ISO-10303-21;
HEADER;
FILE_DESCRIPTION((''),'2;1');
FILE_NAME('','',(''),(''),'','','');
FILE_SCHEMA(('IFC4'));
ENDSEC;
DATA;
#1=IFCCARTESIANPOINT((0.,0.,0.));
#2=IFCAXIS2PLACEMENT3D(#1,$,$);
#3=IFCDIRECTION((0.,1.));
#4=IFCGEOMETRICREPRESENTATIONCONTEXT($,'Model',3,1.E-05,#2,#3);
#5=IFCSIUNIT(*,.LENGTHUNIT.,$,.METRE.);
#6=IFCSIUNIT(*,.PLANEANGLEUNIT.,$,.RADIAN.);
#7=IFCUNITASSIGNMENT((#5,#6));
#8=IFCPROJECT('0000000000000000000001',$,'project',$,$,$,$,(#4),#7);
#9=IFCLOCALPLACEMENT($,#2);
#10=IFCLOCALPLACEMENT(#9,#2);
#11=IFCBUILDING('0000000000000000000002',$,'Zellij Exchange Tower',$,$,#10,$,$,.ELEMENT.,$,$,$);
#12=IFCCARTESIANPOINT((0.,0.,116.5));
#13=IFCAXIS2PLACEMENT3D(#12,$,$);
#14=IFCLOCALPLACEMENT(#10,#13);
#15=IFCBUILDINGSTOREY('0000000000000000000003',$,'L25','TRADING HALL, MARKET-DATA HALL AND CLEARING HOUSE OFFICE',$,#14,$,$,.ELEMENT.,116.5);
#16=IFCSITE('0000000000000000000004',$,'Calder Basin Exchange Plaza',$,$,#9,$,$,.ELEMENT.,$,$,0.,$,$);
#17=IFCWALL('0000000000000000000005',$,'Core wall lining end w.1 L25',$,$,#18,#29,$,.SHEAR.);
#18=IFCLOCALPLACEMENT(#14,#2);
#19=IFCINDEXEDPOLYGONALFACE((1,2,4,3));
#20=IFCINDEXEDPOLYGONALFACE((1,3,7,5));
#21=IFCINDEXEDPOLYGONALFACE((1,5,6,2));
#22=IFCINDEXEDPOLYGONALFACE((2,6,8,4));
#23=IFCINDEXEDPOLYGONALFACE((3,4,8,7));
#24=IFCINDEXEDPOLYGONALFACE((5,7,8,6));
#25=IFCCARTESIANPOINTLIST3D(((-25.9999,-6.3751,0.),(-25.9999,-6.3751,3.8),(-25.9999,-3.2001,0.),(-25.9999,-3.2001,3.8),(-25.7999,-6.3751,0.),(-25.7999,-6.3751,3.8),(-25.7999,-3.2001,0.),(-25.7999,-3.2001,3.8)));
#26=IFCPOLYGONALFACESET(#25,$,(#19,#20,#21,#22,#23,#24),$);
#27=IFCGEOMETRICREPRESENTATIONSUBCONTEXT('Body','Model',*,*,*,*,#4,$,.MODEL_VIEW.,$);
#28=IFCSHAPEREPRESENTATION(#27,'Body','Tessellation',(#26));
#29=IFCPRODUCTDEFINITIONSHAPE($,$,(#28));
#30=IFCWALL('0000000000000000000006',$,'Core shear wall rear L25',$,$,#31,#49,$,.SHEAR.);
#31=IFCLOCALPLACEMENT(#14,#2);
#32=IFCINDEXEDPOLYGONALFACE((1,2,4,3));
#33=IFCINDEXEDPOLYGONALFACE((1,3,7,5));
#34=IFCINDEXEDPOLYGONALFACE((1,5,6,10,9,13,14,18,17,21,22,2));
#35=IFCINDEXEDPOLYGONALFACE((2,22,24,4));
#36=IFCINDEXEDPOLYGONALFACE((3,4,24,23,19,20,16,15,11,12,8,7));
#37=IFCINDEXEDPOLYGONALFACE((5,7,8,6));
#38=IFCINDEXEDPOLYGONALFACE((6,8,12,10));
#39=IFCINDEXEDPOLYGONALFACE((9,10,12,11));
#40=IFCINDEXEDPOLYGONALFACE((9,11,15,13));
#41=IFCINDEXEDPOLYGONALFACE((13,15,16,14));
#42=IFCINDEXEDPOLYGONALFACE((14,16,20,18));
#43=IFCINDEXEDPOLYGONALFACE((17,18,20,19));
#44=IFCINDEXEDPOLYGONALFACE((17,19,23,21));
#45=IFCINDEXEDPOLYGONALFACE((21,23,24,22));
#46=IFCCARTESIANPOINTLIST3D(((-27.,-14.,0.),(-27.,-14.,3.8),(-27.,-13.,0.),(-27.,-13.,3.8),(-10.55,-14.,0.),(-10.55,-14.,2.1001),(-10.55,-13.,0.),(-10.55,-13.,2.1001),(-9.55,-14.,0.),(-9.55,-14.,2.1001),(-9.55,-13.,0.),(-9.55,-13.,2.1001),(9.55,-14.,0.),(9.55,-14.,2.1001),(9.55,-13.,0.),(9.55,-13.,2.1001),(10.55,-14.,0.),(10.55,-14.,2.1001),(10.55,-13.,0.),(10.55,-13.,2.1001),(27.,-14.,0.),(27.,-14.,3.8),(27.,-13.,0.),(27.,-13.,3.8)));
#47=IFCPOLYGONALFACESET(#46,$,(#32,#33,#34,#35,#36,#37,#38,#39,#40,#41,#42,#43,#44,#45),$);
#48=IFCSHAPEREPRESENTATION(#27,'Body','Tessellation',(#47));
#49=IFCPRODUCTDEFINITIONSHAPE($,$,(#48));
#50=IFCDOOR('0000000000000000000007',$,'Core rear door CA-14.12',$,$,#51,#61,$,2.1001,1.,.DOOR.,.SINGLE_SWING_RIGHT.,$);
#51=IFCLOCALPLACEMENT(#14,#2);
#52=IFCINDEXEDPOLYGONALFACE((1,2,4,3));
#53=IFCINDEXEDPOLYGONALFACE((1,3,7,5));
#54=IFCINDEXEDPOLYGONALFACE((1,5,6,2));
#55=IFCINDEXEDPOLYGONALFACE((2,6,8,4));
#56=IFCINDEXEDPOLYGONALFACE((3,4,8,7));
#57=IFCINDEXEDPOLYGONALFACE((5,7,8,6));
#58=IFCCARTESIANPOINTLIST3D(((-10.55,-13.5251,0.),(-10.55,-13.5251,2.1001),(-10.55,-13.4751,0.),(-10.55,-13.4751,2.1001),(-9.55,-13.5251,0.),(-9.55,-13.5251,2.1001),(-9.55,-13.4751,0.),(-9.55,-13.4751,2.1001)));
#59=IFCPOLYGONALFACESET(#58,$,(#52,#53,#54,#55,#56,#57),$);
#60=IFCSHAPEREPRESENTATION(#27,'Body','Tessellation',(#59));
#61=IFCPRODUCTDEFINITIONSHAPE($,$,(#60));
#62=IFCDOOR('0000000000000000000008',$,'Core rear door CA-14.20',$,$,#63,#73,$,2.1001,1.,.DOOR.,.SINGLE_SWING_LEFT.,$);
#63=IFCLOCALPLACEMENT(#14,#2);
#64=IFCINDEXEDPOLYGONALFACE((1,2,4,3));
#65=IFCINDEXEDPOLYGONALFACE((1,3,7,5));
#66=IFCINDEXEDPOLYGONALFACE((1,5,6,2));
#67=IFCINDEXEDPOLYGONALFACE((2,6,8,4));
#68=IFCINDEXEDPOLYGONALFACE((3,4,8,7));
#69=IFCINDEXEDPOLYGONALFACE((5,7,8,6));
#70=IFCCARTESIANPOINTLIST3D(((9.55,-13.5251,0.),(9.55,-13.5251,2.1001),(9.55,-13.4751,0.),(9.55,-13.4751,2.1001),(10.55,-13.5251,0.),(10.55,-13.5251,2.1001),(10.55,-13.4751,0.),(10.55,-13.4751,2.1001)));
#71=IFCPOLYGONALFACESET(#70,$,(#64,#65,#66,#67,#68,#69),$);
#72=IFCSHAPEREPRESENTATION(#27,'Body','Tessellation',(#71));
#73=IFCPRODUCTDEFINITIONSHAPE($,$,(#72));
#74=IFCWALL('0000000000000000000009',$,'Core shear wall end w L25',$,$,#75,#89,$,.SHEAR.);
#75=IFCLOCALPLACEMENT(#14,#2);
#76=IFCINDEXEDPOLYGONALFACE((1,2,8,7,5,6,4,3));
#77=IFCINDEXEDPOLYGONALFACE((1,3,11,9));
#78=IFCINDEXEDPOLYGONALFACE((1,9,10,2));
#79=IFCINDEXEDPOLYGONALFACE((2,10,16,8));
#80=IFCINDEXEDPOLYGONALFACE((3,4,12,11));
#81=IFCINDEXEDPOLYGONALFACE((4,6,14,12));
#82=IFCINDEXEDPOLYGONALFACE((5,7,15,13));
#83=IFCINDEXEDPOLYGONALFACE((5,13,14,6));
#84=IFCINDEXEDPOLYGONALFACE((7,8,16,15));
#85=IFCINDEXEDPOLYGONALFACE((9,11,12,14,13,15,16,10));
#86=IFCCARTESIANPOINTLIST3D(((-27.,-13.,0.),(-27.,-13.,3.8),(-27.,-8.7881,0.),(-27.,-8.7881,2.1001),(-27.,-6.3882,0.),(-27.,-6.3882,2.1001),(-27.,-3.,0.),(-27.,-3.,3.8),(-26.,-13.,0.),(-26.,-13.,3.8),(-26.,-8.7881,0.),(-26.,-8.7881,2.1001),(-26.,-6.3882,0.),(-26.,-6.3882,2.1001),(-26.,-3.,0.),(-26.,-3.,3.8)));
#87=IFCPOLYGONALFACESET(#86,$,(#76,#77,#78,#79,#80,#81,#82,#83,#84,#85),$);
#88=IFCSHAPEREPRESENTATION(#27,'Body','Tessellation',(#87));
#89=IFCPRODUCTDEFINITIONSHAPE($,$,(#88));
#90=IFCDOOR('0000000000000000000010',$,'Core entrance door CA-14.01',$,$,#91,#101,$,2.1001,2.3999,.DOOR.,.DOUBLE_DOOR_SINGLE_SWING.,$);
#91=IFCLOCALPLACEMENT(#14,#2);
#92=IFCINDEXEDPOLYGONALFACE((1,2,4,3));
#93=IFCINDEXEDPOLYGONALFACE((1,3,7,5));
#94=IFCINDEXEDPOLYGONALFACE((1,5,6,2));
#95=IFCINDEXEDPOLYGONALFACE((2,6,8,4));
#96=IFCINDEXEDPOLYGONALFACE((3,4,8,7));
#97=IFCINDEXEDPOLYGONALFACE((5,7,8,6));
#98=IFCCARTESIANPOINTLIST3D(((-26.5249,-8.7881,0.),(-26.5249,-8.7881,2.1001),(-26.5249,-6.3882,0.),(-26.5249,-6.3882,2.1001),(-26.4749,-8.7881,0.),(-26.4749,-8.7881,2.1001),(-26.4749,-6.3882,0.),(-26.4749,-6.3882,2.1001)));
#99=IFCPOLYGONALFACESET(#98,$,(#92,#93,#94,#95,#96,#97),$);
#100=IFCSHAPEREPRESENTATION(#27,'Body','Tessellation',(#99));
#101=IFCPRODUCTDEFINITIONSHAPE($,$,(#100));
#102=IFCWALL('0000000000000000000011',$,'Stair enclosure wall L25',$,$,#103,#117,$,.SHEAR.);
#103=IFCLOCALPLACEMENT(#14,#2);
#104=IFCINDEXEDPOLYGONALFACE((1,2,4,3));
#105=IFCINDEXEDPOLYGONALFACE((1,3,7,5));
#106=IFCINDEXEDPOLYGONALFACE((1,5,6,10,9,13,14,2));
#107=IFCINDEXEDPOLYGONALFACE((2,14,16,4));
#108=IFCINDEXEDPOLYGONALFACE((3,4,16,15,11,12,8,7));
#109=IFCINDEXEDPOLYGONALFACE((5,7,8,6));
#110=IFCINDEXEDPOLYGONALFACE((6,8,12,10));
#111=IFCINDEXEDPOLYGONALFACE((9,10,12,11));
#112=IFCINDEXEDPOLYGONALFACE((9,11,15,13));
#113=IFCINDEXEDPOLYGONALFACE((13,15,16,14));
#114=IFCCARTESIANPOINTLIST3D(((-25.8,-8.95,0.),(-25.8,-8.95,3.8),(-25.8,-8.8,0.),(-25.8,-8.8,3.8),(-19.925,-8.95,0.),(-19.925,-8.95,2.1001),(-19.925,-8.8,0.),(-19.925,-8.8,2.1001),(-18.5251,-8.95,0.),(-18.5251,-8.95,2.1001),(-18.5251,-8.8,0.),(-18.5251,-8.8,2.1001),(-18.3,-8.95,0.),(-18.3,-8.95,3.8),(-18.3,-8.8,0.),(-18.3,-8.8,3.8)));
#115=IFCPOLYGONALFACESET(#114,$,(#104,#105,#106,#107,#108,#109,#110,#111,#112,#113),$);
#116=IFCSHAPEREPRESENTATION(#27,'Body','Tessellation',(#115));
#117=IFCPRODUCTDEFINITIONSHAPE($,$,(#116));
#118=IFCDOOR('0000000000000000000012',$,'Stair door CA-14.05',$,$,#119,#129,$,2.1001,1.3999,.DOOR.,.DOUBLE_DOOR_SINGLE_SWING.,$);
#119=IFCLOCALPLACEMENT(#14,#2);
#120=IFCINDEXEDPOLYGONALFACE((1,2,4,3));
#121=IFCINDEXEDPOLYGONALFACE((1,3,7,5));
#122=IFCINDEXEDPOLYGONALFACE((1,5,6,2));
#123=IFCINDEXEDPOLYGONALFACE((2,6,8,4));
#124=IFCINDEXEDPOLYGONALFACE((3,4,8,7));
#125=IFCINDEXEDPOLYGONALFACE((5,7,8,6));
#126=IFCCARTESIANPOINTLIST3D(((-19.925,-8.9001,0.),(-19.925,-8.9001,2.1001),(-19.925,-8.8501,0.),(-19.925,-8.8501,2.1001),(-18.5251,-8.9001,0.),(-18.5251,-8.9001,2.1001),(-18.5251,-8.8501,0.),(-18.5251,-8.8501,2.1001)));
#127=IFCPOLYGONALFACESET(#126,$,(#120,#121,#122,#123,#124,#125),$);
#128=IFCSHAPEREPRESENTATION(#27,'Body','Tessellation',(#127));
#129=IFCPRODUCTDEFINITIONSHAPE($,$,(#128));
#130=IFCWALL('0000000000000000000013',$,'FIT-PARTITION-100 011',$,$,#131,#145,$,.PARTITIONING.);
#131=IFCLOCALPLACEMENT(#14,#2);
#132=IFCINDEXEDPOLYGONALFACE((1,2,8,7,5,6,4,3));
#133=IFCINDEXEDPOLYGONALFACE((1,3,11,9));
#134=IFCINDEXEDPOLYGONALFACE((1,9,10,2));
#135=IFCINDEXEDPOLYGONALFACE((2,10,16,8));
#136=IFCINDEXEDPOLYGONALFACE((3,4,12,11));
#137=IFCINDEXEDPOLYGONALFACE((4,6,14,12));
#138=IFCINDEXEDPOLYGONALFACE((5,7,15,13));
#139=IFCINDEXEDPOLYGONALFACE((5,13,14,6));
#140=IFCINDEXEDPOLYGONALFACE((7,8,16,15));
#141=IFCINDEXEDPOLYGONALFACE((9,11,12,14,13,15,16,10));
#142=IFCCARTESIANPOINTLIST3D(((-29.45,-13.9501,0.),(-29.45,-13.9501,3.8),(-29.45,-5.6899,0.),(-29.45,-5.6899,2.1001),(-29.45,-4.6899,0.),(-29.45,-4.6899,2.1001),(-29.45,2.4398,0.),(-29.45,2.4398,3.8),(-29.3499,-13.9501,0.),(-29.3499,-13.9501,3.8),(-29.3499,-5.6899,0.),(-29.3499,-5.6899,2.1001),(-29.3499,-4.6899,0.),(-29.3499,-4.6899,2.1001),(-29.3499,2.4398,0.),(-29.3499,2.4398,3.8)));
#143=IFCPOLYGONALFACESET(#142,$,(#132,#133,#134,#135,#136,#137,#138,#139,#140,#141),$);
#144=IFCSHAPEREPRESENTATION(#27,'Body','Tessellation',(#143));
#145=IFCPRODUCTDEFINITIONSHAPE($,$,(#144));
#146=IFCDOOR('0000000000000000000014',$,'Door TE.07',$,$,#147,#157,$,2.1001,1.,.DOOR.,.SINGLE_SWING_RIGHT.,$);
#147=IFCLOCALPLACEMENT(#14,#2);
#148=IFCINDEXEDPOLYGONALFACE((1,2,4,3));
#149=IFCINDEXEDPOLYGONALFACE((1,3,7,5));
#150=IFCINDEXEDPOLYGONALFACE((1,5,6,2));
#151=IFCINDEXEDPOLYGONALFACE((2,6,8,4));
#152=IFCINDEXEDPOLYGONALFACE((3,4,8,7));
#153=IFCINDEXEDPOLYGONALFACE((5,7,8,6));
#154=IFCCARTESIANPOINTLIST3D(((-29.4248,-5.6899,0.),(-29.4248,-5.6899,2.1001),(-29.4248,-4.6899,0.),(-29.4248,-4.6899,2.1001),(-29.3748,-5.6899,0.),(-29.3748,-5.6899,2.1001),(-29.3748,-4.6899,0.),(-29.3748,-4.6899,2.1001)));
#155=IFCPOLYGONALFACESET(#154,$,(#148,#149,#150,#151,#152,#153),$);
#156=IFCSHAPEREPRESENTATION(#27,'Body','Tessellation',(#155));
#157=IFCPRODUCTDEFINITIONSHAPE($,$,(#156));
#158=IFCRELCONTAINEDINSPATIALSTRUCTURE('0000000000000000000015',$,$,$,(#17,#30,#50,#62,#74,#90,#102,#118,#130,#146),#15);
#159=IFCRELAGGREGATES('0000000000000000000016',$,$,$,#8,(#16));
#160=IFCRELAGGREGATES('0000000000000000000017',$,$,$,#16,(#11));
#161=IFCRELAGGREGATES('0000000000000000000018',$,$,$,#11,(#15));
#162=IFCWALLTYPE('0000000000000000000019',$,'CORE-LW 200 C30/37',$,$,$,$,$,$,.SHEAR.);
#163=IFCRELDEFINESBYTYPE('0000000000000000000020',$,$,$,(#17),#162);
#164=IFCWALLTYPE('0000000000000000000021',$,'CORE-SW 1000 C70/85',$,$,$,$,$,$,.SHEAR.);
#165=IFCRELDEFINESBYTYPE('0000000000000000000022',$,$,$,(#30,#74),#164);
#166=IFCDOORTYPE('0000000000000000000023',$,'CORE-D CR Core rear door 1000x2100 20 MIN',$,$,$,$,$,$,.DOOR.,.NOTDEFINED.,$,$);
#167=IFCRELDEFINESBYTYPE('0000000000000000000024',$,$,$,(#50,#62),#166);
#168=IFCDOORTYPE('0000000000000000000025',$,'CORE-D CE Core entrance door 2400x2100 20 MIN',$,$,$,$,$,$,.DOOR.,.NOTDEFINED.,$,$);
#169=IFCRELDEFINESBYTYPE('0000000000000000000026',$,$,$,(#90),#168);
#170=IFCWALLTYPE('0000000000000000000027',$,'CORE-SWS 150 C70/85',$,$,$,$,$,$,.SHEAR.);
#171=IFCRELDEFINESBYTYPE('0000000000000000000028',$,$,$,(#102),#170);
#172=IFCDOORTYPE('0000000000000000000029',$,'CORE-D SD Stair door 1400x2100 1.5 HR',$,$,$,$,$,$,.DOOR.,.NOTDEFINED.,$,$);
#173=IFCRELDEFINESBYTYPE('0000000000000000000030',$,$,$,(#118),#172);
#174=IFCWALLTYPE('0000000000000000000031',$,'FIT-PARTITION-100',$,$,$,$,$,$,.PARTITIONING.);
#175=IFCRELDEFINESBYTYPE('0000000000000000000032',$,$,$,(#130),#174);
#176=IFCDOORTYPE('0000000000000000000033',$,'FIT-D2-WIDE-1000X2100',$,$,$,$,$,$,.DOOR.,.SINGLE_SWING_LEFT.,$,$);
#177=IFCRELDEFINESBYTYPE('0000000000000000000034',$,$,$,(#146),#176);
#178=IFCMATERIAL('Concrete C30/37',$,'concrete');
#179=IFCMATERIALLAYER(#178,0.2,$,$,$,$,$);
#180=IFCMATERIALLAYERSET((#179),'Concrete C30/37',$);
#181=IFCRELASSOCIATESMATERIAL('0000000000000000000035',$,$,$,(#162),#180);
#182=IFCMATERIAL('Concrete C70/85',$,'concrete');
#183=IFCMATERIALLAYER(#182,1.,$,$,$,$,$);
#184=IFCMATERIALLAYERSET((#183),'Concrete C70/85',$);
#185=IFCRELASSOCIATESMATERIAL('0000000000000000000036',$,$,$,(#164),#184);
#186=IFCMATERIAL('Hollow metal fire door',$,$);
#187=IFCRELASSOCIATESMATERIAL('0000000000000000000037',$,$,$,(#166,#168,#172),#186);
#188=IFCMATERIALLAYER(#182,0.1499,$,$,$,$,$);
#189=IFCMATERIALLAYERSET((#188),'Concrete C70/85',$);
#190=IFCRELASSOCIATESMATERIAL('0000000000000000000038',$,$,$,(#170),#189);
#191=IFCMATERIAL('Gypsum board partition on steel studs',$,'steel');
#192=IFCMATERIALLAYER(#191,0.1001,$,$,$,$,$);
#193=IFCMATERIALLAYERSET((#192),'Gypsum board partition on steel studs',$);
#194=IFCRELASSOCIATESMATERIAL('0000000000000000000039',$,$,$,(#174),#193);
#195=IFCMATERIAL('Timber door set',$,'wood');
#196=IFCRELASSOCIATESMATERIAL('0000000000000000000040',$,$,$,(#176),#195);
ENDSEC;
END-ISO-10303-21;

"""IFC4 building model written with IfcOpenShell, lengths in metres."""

from ifc_helpers import new_model, si_unit, direction, frame, frame_2d, origin, place, context, subcontext, project, spatial, rectangle, extrude, material, layer, layer_set, type_object, element, fill, save


model = new_model("IFC4")

# Units and contexts
model_context = context("Model", 3, precision=1e-05, world=origin(), true_north=direction((0.0, 1.0)))
body_context = subcontext(model_context, "Body", "Model", "MODEL_VIEW")
ifc_project = project(units=[si_unit("LENGTHUNIT", "METRE"), si_unit("PLANEANGLEUNIT", "RADIAN")], contexts=[model_context])

# Site, building, storey
site_placement = place(None, origin())
site = spatial("IfcSite", under=ifc_project, at=site_placement, Name="Calder Basin Exchange Plaza", CompositionType="ELEMENT", RefElevation=0.0)
building_placement = place(site_placement, origin())
building = spatial("IfcBuilding", under=site, at=building_placement, Name="Zellij Exchange Tower", CompositionType="ELEMENT")
storey_placement = place(building_placement, frame((0.0, 0.0, 116.5)))
storey = spatial("IfcBuildingStorey", under=building, at=storey_placement, Name="L25", Description="TRADING HALL, MARKET-DATA HALL AND CLEARING HOUSE OFFICE", CompositionType="ELEMENT", Elevation=116.5)

# Shared definitions
ifc_material_1 = material(Name="Concrete C70/85", Category="concrete")

# Wall
ifc_material_2 = material(Name="Concrete C30/37", Category="concrete")
ifc_layer_1 = layer(ifc_material_2, 0.2)
ifc_layer_set_1 = layer_set([ifc_layer_1], Name="Concrete C30/37")
wall_type_1 = type_object("IfcWallType", Name="CORE-LW 200 C30/37", PredefinedType="SHEAR", material=ifc_layer_set_1)
wall_1_placement = place(storey_placement, frame((-25.8999, -6.375, 0.0), z_axis=(0.0, 0.0, 1.0), x_axis=(0.0, 1.0, 0.0)))
element("IfcWall", 1, at=wall_1_placement, inside=storey, type_object=wall_type_1, Name="Core wall lining end w.1 L25", PredefinedType="SHEAR", context=body_context, shape_type="SweptSolid", body=[
    extrude(rectangle(XDim=3.175, YDim=0.2, at=frame_2d((1.5874, 0.0))), origin(), (0.0, 0.0, 1.0), 3.8),
])

# Wall, openings, doors
ifc_layer_2 = layer(ifc_material_1, 1.0)
ifc_layer_set_2 = layer_set([ifc_layer_2], Name="Concrete C70/85")
wall_type_2 = type_object("IfcWallType", Name="CORE-SW 1000 C70/85", PredefinedType="SHEAR", material=ifc_layer_set_2)
wall_2_placement = place(storey_placement, frame((-27.0, -13.5, 0.0), z_axis=(0.0, 0.0, 1.0), x_axis=(1.0, 0.0, 0.0)))
wall_2 = element("IfcWall", 2, at=wall_2_placement, inside=storey, type_object=wall_type_2, Name="Core shear wall rear L25", PredefinedType="SHEAR", context=body_context, shape_type="SweptSolid", body=[
    extrude(rectangle(XDim=54.0, YDim=1.0, at=frame_2d((27.0, 0.0))), origin(), (0.0, 0.0, 1.0), 3.8),
])
opening_1_placement = place(wall_2_placement, frame((16.45, 0.0, 0.0)))
opening_1 = element("IfcOpeningElement", 3, at=opening_1_placement, cuts=wall_2, PredefinedType="OPENING", context=body_context, shape_type="SweptSolid", body=[
    extrude(rectangle(XDim=1.0, YDim=2.1001, at=frame_2d((0.5, 1.05))), frame((0.0, 0.512, 0.0), z_axis=(0.0, -1.0, 0.0), x_axis=(1.0, 0.0, 0.0)), (0.0, 0.0, 1.0), 1.0239),
])
opening_2_placement = place(wall_2_placement, frame((36.55, 0.0, 0.0)))
opening_2 = element("IfcOpeningElement", 4, at=opening_2_placement, cuts=wall_2, PredefinedType="OPENING", context=body_context, shape_type="SweptSolid", body=[
    extrude(rectangle(XDim=1.0, YDim=2.1001, at=frame_2d((0.5, 1.05))), frame((0.0, 0.512, 0.0), z_axis=(0.0, -1.0, 0.0), x_axis=(1.0, 0.0, 0.0)), (0.0, 0.0, 1.0), 1.0239),
])
ifc_material_3 = material(Name="Hollow metal fire door")
door_type_1 = type_object("IfcDoorType", Name="CORE-D CR Core rear door 1000x2100 20 MIN", OperationType="NOTDEFINED", PredefinedType="DOOR", material=ifc_material_3)
door_1_placement = place(opening_1_placement, origin())
door_1 = element("IfcDoor", 5, at=door_1_placement, inside=storey, type_object=door_type_1, Name="Core rear door CA-14.12", OperationType="SINGLE_SWING_RIGHT", OverallHeight=2.1001, OverallWidth=1.0, PredefinedType="DOOR", context=body_context, shape_type="SweptSolid", body=[
    extrude(rectangle(XDim=1.0, YDim=2.1001, at=frame_2d((0.5, 1.05))), frame((0.0, 0.0249, 0.0), z_axis=(0.0, -1.0, 0.0), x_axis=(1.0, 0.0, 0.0)), (0.0, 0.0, 1.0), 0.05),
])
fill(opening_1, door_1)
door_2_placement = place(opening_2_placement, origin())
door_2 = element("IfcDoor", 6, at=door_2_placement, inside=storey, type_object=door_type_1, Name="Core rear door CA-14.20", OperationType="SINGLE_SWING_LEFT", OverallHeight=2.1001, OverallWidth=1.0, PredefinedType="DOOR", context=body_context, shape_type="SweptSolid", body=[
    extrude(rectangle(XDim=1.0, YDim=2.1001, at=frame_2d((0.5, 1.05))), frame((0.0, 0.0249, 0.0), z_axis=(0.0, -1.0, 0.0), x_axis=(1.0, 0.0, 0.0)), (0.0, 0.0, 1.0), 0.05),
])
fill(opening_2, door_2)

# Walls, openings, doors
wall_3_placement = place(storey_placement, frame((-26.5, -13.0, 0.0), z_axis=(0.0, 0.0, 1.0), x_axis=(0.0, 1.0, 0.0)))
wall_3 = element("IfcWall", 7, at=wall_3_placement, inside=storey, type_object=wall_type_2, Name="Core shear wall end w L25", PredefinedType="SHEAR", context=body_context, shape_type="SweptSolid", body=[
    extrude(rectangle(XDim=10.0, YDim=1.0, at=frame_2d((5.0, 0.0))), origin(), (0.0, 0.0, 1.0), 3.8),
])
opening_3_placement = place(wall_3_placement, frame((4.2119, 0.0, 0.0)))
opening_3 = element("IfcOpeningElement", 8, at=opening_3_placement, cuts=wall_3, PredefinedType="OPENING", context=body_context, shape_type="SweptSolid", body=[
    extrude(rectangle(XDim=2.3999, YDim=2.1001, at=frame_2d((1.2, 1.05))), frame((0.0, 0.512, 0.0), z_axis=(0.0, -1.0, 0.0), x_axis=(1.0, 0.0, 0.0)), (0.0, 0.0, 1.0), 1.0239),
])
door_type_2 = type_object("IfcDoorType", Name="CORE-D CE Core entrance door 2400x2100 20 MIN", OperationType="NOTDEFINED", PredefinedType="DOOR", material=ifc_material_3)
door_3_placement = place(opening_3_placement, origin())
door_3 = element("IfcDoor", 9, at=door_3_placement, inside=storey, type_object=door_type_2, Name="Core entrance door CA-14.01", OperationType="DOUBLE_DOOR_SINGLE_SWING", OverallHeight=2.1001, OverallWidth=2.3999, PredefinedType="DOOR", context=body_context, shape_type="SweptSolid", body=[
    extrude(rectangle(XDim=2.3999, YDim=2.1001, at=frame_2d((1.2, 1.05))), frame((0.0, 0.0249, 0.0), z_axis=(0.0, -1.0, 0.0), x_axis=(1.0, 0.0, 0.0)), (0.0, 0.0, 1.0), 0.05),
])
fill(opening_3, door_3)
ifc_layer_3 = layer(ifc_material_1, 0.1499)
ifc_layer_set_3 = layer_set([ifc_layer_3], Name="Concrete C70/85")
wall_type_3 = type_object("IfcWallType", Name="CORE-SWS 150 C70/85", PredefinedType="SHEAR", material=ifc_layer_set_3)
wall_4_placement = place(storey_placement, frame((-25.8, -8.875, 0.0), z_axis=(0.0, 0.0, 1.0), x_axis=(1.0, 0.0, 0.0)))
wall_4 = element("IfcWall", 10, at=wall_4_placement, inside=storey, type_object=wall_type_3, Name="Stair enclosure wall L25", PredefinedType="SHEAR", context=body_context, shape_type="SweptSolid", body=[
    extrude(rectangle(XDim=7.5, YDim=0.1499, at=frame_2d((3.75, 0.0))), origin(), (0.0, 0.0, 1.0), 3.8),
])
opening_4_placement = place(wall_4_placement, frame((5.875, 0.0, 0.0)))
opening_4 = element("IfcOpeningElement", 11, at=opening_4_placement, cuts=wall_4, PredefinedType="OPENING", context=body_context, shape_type="SweptSolid", body=[
    extrude(rectangle(XDim=1.3999, YDim=2.1001, at=frame_2d((0.7, 1.05))), frame((0.0, 0.0869, 0.0), z_axis=(0.0, -1.0, 0.0), x_axis=(1.0, 0.0, 0.0)), (0.0, 0.0, 1.0), 0.1738),
])
door_type_3 = type_object("IfcDoorType", Name="CORE-D SD Stair door 1400x2100 1.5 HR", OperationType="NOTDEFINED", PredefinedType="DOOR", material=ifc_material_3)
door_4_placement = place(opening_4_placement, origin())
door_4 = element("IfcDoor", 12, at=door_4_placement, inside=storey, type_object=door_type_3, Name="Stair door CA-14.05", OperationType="DOUBLE_DOOR_SINGLE_SWING", OverallHeight=2.1001, OverallWidth=1.3999, PredefinedType="DOOR", context=body_context, shape_type="SweptSolid", body=[
    extrude(rectangle(XDim=1.3999, YDim=2.1001, at=frame_2d((0.7, 1.05))), frame((0.0, 0.0249, 0.0), z_axis=(0.0, -1.0, 0.0), x_axis=(1.0, 0.0, 0.0)), (0.0, 0.0, 1.0), 0.05),
])
fill(opening_4, door_4)
ifc_material_4 = material(Name="Gypsum board partition on steel studs", Category="steel")
ifc_layer_4 = layer(ifc_material_4, 0.1001)
ifc_layer_set_4 = layer_set([ifc_layer_4], Name="Gypsum board partition on steel studs")
wall_type_4 = type_object("IfcWallType", Name="FIT-PARTITION-100", PredefinedType="PARTITIONING", material=ifc_layer_set_4)
wall_5_placement = place(storey_placement, frame((-29.3999, -13.95, 0.0), z_axis=(0.0, 0.0, 1.0), x_axis=(0.0, 1.0, 0.0)))
wall_5 = element("IfcWall", 13, at=wall_5_placement, inside=storey, type_object=wall_type_4, Name="FIT-PARTITION-100 011", PredefinedType="PARTITIONING", context=body_context, shape_type="SweptSolid", body=[
    extrude(rectangle(XDim=16.3899, YDim=0.1001, at=frame_2d((8.1948, 0.0))), origin(), (0.0, 0.0, 1.0), 3.8),
])
opening_5_placement = place(wall_5_placement, frame((8.26, 0.0, 0.0)))
opening_5 = element("IfcOpeningElement", 14, at=opening_5_placement, cuts=wall_5, PredefinedType="OPENING", context=body_context, shape_type="SweptSolid", body=[
    extrude(rectangle(XDim=1.0, YDim=2.1001, at=frame_2d((0.5, 1.05))), frame((0.0, 0.062, 0.0), z_axis=(0.0, -1.0, 0.0), x_axis=(1.0, 0.0, 0.0)), (0.0, 0.0, 1.0), 0.124),
])
ifc_material_5 = material(Name="Timber door set", Category="wood")
door_type_4 = type_object("IfcDoorType", Name="FIT-D2-WIDE-1000X2100", OperationType="SINGLE_SWING_LEFT", PredefinedType="DOOR", material=ifc_material_5)
door_5_placement = place(opening_5_placement, origin())
door_5 = element("IfcDoor", 15, at=door_5_placement, inside=storey, type_object=door_type_4, Name="Door TE.07", OperationType="SINGLE_SWING_RIGHT", OverallHeight=2.1001, OverallWidth=1.0, PredefinedType="DOOR", context=body_context, shape_type="SweptSolid", body=[
    extrude(rectangle(XDim=1.0, YDim=2.1001, at=frame_2d((0.5, 1.05))), frame((0.0, 0.0249, 0.0), z_axis=(0.0, -1.0, 0.0), x_axis=(1.0, 0.0, 0.0)), (0.0, 0.0, 1.0), 0.05),
])
fill(opening_5, door_5)

save(model, "model.ifc")
